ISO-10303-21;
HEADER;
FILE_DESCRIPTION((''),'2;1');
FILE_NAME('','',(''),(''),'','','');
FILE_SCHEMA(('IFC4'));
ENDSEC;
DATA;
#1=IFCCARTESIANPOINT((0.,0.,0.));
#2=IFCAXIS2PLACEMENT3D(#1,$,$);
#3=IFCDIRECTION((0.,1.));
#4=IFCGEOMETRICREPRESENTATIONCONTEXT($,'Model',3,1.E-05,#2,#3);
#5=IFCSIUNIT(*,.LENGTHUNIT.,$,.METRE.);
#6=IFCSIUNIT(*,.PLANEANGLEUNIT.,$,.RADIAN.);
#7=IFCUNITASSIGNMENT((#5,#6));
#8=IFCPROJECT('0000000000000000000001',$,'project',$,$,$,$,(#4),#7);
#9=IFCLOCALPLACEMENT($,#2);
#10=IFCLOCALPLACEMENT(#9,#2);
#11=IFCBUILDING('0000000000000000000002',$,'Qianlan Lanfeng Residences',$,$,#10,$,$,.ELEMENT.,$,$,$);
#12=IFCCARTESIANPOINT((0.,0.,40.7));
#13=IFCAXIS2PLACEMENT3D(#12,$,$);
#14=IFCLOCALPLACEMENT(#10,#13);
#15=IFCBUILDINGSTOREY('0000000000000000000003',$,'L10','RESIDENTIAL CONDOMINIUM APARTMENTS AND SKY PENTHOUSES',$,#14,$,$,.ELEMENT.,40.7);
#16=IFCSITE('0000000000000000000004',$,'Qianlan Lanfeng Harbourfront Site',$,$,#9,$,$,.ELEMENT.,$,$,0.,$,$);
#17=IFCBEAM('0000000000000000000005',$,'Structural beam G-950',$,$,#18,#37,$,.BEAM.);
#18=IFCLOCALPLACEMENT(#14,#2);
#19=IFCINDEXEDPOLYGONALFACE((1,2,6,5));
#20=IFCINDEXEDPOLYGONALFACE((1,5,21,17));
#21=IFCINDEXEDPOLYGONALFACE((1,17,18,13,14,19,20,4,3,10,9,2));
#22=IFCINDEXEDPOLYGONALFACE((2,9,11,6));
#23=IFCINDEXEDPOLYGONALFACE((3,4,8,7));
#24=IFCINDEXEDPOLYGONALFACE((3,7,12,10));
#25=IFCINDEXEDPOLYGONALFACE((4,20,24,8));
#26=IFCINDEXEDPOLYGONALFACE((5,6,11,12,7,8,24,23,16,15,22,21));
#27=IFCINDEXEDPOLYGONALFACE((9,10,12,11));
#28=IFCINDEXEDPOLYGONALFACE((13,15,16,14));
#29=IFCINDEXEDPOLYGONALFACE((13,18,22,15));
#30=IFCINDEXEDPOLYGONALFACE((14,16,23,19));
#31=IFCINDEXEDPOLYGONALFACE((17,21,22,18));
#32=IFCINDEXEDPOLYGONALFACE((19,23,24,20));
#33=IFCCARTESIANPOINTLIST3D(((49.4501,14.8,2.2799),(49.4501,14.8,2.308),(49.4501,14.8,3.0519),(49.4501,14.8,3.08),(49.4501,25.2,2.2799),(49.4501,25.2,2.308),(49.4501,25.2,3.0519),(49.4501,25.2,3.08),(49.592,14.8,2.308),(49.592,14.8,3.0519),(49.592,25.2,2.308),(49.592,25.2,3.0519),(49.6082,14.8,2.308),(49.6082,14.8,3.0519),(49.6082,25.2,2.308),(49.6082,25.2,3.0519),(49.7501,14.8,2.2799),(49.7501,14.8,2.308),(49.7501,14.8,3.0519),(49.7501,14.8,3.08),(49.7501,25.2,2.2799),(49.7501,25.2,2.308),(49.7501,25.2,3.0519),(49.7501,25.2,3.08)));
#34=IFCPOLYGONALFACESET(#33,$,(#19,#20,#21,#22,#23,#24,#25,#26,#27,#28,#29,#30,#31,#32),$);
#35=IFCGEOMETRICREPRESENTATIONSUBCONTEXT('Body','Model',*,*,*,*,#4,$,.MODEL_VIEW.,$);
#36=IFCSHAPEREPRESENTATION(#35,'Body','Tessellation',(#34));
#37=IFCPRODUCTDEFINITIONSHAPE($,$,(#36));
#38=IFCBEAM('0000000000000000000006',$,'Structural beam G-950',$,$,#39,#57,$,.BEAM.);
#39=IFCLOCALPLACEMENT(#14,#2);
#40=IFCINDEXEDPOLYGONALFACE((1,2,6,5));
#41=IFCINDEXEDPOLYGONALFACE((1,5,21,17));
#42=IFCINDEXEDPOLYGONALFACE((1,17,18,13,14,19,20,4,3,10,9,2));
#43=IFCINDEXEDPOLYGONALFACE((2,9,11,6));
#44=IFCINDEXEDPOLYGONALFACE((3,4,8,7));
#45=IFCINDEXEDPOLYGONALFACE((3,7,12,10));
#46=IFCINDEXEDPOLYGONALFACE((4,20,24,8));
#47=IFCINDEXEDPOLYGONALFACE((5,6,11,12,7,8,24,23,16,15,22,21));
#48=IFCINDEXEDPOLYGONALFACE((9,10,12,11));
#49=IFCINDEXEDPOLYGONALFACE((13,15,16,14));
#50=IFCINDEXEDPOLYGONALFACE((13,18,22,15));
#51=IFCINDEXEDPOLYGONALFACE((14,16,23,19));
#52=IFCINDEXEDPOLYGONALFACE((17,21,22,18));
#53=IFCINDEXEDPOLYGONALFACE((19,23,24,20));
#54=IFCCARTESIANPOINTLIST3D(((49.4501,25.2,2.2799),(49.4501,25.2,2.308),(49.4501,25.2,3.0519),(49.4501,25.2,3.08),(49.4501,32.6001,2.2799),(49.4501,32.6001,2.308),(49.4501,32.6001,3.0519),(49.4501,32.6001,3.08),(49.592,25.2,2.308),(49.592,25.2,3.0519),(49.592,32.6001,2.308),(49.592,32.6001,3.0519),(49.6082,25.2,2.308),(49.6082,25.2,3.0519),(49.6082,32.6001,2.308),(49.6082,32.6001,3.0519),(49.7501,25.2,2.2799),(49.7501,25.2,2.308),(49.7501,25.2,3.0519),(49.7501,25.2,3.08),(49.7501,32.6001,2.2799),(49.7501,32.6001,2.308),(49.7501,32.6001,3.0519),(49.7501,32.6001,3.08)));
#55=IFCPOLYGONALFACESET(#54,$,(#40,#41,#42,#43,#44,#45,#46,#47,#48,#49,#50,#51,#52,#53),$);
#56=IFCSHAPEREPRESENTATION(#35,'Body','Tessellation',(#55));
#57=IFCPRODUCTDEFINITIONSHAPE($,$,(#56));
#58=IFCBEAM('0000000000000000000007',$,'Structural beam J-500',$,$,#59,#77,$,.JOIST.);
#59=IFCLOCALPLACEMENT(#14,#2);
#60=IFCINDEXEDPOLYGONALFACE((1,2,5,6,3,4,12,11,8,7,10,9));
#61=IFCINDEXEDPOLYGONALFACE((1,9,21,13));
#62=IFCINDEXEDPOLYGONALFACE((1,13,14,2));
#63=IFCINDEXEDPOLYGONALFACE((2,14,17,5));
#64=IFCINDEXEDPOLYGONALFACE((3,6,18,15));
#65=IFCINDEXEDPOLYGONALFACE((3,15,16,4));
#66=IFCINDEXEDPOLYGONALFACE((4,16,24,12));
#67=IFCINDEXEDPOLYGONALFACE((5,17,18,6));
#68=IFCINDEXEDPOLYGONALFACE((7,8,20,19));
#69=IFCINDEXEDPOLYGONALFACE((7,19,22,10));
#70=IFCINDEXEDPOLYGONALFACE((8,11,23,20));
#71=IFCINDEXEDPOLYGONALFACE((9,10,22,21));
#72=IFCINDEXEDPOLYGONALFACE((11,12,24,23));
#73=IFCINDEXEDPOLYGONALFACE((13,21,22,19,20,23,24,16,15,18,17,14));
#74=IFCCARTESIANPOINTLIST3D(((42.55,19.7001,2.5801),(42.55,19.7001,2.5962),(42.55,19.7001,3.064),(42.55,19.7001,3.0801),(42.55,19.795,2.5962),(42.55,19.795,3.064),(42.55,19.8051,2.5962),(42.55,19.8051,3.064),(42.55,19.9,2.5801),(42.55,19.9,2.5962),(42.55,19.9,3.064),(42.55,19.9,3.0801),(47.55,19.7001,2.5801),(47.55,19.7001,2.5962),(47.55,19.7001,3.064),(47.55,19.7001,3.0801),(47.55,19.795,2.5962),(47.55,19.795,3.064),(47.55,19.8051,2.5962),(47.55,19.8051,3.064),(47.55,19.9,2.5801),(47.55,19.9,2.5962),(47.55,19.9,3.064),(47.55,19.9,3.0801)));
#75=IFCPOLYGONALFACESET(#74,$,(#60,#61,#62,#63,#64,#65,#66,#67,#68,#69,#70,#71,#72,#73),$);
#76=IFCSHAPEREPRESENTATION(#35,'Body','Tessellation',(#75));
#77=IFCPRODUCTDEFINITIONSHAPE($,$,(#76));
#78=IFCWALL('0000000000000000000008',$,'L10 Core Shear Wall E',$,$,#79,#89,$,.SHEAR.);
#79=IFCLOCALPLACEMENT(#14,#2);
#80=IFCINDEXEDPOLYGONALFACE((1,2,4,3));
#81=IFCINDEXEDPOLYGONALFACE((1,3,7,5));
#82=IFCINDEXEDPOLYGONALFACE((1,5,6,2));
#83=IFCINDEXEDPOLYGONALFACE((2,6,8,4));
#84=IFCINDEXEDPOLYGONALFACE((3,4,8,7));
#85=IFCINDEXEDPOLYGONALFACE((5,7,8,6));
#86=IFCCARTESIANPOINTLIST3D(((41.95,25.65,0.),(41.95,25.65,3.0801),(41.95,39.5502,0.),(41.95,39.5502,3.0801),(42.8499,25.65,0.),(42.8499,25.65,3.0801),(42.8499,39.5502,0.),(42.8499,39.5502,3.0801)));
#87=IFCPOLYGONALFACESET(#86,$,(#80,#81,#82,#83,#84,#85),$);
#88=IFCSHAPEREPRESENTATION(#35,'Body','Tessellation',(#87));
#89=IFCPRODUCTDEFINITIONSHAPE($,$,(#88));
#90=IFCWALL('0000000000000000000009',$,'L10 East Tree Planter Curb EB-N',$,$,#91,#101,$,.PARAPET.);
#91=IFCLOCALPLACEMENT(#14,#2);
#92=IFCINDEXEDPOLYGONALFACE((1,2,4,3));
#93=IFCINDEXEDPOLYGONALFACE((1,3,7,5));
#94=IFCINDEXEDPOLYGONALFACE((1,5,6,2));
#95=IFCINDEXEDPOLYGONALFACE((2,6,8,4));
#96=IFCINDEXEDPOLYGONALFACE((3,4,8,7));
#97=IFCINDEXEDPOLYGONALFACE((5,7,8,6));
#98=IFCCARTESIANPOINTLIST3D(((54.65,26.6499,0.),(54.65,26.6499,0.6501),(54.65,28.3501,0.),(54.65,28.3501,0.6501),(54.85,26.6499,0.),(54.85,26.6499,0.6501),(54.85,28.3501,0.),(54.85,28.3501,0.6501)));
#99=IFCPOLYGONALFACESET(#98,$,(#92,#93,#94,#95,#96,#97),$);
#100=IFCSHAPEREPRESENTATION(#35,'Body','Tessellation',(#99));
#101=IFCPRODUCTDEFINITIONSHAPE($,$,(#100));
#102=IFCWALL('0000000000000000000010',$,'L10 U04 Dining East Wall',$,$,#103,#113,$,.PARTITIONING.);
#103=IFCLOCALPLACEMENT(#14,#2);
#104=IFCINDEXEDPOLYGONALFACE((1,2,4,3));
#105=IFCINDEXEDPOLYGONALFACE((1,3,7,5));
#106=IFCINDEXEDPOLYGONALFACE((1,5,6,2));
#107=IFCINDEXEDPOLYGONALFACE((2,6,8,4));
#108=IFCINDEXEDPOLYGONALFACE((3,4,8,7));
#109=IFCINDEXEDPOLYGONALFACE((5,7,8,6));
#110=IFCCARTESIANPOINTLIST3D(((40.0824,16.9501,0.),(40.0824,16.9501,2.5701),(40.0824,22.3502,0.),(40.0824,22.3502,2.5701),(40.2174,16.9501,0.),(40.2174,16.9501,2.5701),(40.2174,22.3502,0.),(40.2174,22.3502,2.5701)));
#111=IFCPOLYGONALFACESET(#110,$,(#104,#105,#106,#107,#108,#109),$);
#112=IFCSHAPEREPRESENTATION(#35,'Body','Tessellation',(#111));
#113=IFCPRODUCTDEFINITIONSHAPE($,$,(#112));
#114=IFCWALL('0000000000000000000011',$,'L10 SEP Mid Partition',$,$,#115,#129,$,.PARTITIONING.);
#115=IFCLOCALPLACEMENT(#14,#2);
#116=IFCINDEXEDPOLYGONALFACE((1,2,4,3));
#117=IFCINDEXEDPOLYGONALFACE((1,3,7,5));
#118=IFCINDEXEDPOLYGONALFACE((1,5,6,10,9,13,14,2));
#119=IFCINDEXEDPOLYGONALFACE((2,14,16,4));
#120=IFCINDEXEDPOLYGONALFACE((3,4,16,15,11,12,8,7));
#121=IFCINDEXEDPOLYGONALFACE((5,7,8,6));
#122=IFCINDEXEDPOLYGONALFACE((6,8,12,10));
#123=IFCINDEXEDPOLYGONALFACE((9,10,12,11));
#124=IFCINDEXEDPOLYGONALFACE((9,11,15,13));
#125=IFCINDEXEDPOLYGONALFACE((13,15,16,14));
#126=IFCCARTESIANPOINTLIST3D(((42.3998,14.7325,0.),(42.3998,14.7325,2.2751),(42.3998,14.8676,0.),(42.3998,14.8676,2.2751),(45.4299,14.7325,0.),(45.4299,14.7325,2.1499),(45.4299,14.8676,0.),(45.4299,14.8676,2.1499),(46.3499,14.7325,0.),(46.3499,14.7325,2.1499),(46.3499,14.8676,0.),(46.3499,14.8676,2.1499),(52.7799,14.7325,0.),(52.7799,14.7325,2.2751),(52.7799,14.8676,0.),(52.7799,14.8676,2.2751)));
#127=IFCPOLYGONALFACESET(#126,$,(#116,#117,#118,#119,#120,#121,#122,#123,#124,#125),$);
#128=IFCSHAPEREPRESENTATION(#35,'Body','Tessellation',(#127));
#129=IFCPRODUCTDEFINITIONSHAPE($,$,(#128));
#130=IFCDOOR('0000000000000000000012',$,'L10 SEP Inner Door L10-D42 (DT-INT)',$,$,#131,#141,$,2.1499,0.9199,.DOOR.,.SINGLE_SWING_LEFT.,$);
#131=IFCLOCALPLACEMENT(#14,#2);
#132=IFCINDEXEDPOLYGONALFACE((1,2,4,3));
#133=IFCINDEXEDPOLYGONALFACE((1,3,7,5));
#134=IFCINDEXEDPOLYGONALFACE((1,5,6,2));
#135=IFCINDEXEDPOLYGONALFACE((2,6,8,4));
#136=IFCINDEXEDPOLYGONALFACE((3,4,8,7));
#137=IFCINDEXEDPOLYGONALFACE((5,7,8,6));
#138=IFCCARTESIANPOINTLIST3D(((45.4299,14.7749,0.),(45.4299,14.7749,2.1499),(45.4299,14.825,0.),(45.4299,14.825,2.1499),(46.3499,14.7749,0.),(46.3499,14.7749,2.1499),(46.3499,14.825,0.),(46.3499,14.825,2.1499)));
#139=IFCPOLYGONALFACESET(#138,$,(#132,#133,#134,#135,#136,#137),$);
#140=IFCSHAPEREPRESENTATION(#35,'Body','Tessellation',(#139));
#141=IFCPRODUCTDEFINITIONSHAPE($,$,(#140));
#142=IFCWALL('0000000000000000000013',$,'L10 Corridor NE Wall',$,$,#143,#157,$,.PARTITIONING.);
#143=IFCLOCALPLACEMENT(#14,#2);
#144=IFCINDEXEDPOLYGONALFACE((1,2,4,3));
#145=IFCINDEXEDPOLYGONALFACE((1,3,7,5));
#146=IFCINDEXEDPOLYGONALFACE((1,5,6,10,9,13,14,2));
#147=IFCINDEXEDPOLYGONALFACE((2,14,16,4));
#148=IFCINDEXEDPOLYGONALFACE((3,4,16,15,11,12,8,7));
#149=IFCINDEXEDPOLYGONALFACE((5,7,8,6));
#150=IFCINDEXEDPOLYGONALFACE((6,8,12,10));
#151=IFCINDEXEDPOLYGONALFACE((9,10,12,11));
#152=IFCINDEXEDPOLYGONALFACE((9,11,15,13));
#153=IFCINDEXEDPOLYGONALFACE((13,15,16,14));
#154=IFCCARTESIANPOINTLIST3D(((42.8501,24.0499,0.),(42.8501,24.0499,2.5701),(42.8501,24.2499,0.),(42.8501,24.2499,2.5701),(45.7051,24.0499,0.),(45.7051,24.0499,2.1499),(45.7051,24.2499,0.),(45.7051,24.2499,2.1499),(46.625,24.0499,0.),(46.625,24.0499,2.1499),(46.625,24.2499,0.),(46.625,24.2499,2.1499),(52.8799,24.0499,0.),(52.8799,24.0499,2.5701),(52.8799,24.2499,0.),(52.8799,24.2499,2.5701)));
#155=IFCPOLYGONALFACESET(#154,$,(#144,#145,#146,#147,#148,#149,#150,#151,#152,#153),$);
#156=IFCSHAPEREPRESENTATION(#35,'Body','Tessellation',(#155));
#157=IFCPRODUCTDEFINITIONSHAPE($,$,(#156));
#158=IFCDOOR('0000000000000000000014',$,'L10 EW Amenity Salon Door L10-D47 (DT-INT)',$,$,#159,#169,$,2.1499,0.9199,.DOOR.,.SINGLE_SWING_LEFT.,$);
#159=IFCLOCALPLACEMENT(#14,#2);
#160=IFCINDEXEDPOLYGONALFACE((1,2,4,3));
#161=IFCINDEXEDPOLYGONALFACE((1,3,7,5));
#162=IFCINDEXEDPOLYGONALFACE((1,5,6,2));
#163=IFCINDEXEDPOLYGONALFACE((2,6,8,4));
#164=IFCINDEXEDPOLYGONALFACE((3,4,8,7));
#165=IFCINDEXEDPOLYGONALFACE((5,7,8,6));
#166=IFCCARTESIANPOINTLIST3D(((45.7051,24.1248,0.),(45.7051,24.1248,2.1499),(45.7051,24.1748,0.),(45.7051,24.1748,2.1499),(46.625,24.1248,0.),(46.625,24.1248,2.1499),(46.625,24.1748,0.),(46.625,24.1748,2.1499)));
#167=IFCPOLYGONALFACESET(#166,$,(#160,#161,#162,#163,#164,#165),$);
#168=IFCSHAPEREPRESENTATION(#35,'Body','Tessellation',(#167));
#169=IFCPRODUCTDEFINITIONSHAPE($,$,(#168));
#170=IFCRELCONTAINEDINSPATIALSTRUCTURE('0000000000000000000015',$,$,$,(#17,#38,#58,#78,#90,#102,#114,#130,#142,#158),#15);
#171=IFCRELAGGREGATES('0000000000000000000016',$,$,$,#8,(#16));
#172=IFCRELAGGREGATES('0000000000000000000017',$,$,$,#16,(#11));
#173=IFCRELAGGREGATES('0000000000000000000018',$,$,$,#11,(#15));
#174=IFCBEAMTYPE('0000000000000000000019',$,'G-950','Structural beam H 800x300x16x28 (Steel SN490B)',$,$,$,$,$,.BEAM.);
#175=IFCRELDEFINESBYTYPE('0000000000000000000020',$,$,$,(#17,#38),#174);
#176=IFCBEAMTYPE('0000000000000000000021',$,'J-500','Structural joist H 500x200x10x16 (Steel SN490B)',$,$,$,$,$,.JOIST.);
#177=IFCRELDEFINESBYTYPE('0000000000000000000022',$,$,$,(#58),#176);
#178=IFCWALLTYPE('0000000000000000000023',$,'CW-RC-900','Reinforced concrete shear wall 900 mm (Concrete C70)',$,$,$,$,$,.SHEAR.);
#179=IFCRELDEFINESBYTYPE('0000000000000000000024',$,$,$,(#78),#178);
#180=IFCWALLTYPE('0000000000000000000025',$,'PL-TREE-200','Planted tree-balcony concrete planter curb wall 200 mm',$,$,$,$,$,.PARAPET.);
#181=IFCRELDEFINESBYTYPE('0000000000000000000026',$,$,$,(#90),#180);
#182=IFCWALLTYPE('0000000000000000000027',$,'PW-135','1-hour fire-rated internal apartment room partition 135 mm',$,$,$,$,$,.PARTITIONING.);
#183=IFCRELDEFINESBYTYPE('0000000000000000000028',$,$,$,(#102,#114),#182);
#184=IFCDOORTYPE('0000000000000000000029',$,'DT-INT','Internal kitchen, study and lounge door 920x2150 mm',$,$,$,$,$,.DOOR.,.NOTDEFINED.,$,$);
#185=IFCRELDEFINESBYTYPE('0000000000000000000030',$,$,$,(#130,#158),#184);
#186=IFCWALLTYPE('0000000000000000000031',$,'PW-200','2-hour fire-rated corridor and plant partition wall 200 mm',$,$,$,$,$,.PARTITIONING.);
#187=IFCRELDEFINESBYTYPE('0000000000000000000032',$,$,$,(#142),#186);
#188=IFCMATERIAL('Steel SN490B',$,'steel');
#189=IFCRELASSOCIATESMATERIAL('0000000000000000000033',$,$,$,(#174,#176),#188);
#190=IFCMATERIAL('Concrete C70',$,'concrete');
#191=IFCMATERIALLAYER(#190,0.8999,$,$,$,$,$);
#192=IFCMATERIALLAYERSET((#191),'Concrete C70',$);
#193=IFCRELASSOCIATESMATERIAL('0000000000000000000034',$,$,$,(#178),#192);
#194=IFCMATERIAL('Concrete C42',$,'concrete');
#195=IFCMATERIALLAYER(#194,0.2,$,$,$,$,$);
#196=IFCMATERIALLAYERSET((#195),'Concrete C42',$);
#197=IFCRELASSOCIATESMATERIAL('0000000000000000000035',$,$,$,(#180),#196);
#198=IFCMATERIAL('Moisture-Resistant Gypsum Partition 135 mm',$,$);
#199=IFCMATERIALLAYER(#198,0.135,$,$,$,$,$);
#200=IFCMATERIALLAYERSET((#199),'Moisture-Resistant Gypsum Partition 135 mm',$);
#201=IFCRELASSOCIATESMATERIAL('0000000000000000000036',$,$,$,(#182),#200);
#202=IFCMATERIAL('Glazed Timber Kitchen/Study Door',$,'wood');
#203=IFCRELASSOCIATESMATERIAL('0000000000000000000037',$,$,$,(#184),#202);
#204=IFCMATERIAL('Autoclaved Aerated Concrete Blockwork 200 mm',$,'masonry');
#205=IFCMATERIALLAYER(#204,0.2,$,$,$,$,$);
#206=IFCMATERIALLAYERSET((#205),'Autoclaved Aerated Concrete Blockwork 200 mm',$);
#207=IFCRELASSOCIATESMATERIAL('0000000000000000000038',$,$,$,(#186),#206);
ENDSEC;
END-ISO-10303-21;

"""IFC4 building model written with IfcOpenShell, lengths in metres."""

from ifc_helpers import new_model, si_unit, direction, frame, frame_2d, origin, origin_2d, place, context, subcontext, project, spatial, rectangle, i_section, extrude, material, layer, layer_set, material_profile, profile_set, type_object, element, fill, save


model = new_model("IFC4")

# Units and contexts
model_context = context("Model", 3, precision=1e-05, world=origin(), true_north=direction((0.0, 1.0)))
body_context = subcontext(model_context, "Body", "Model", "MODEL_VIEW")
ifc_project = project(units=[si_unit("LENGTHUNIT", "METRE"), si_unit("PLANEANGLEUNIT", "RADIAN")], contexts=[model_context])

# Site, building, storey
site_placement = place(None, origin())
site = spatial("IfcSite", under=ifc_project, at=site_placement, Name="Qianlan Lanfeng Harbourfront Site", CompositionType="ELEMENT", RefElevation=0.0)
building_placement = place(site_placement, origin())
building = spatial("IfcBuilding", under=site, at=building_placement, Name="Qianlan Lanfeng Residences", CompositionType="ELEMENT")
storey_placement = place(building_placement, frame((0.0, 0.0, 40.7)))
storey = spatial("IfcBuildingStorey", under=building, at=storey_placement, Name="L10", Description="RESIDENTIAL CONDOMINIUM APARTMENTS AND SKY PENTHOUSES", CompositionType="ELEMENT", Elevation=40.7)

# Beams
ifc_material_1 = material(Name="Steel SN490B", Category="steel")
ifc_material_profile_1 = material_profile(ifc_material_1, i_section(OverallWidth=0.3, OverallDepth=0.8, WebThickness=0.0161, FlangeThickness=0.0281, at=origin_2d()), Name="H 800x300x16x28")
ifc_profile_set_1 = profile_set([ifc_material_profile_1], Name="Steel SN490B")
beam_type_1 = type_object("IfcBeamType", Name="G-950", Description="Structural beam H 800x300x16x28 (Steel SN490B)", PredefinedType="BEAM", material=ifc_profile_set_1)
beam_1_placement = place(storey_placement, frame((49.6001, 14.8, 2.6799), z_axis=(0.0, 1.0, 0.0), x_axis=(-1.0, 0.0, 0.0)))
element("IfcBeam", 1, at=beam_1_placement, inside=storey, type_object=beam_type_1, Name="Structural beam G-950", PredefinedType="BEAM", context=body_context, shape_type="SweptSolid", body=[
    extrude(i_section(OverallWidth=0.3, OverallDepth=0.8, WebThickness=0.0161, FlangeThickness=0.0281, at=origin_2d()), origin(), (0.0, 0.0, 1.0), 10.3999),
])
beam_2_placement = place(storey_placement, frame((49.6001, 25.2, 2.6799), z_axis=(0.0, 1.0, 0.0), x_axis=(-1.0, 0.0, 0.0)))
element("IfcBeam", 2, at=beam_2_placement, inside=storey, type_object=beam_type_1, Name="Structural beam G-950", PredefinedType="BEAM", context=body_context, shape_type="SweptSolid", body=[
    extrude(i_section(OverallWidth=0.3, OverallDepth=0.8, WebThickness=0.0161, FlangeThickness=0.0281, at=origin_2d()), origin(), (0.0, 0.0, 1.0), 7.4001),
])
ifc_material_profile_2 = material_profile(ifc_material_1, i_section(OverallWidth=0.2, OverallDepth=0.5, WebThickness=0.01, FlangeThickness=0.0161, at=origin_2d()), Name="H 500x200x10x16")
ifc_profile_set_2 = profile_set([ifc_material_profile_2], Name="Steel SN490B")
beam_type_2 = type_object("IfcBeamType", Name="J-500", Description="Structural joist H 500x200x10x16 (Steel SN490B)", PredefinedType="JOIST", material=ifc_profile_set_2)
beam_3_placement = place(storey_placement, frame((42.55, 19.8, 2.8301), z_axis=(1.0, 0.0, 0.0), x_axis=(0.0, 1.0, 0.0)))
element("IfcBeam", 3, at=beam_3_placement, inside=storey, type_object=beam_type_2, Name="Structural beam J-500", PredefinedType="JOIST", context=body_context, shape_type="SweptSolid", body=[
    extrude(i_section(OverallWidth=0.2, OverallDepth=0.5, WebThickness=0.01, FlangeThickness=0.0161, at=origin_2d()), origin(), (0.0, 0.0, 1.0), 5.0),
])

# Walls
ifc_material_2 = material(Name="Concrete C70", Category="concrete")
ifc_layer_1 = layer(ifc_material_2, 0.8999)
ifc_layer_set_1 = layer_set([ifc_layer_1], Name="Concrete C70")
wall_type_1 = type_object("IfcWallType", Name="CW-RC-900", Description="Reinforced concrete shear wall 900 mm (Concrete C70)", PredefinedType="SHEAR", material=ifc_layer_set_1)
wall_1_placement = place(storey_placement, frame((42.3999, 25.6499, 0.0), z_axis=(0.0, 0.0, 1.0), x_axis=(0.0, 1.0, 0.0)))
element("IfcWall", 4, at=wall_1_placement, inside=storey, type_object=wall_type_1, Name="L10 Core Shear Wall E", PredefinedType="SHEAR", context=body_context, shape_type="SweptSolid", body=[
    extrude(rectangle(XDim=13.9001, YDim=0.8999, at=frame_2d((6.9502, 0.0))), origin(), (0.0, 0.0, 1.0), 3.0801),
])
ifc_material_3 = material(Name="Concrete C42", Category="concrete")
ifc_layer_2 = layer(ifc_material_3, 0.2)
ifc_layer_set_2 = layer_set([ifc_layer_2], Name="Concrete C42")
wall_type_2 = type_object("IfcWallType", Name="PL-TREE-200", Description="Planted tree-balcony concrete planter curb wall 200 mm", PredefinedType="PARAPET", material=ifc_layer_set_2)
wall_2_placement = place(storey_placement, frame((54.75, 26.6499, 0.0), z_axis=(0.0, 0.0, 1.0), x_axis=(0.0, 1.0, 0.0)))
element("IfcWall", 5, at=wall_2_placement, inside=storey, type_object=wall_type_2, Name="L10 East Tree Planter Curb EB-N", PredefinedType="PARAPET", context=body_context, shape_type="SweptSolid", body=[
    extrude(rectangle(XDim=1.7002, YDim=0.2, at=frame_2d((0.8501, 0.0))), origin(), (0.0, 0.0, 1.0), 0.6501),
])
ifc_material_4 = material(Name="Moisture-Resistant Gypsum Partition 135 mm")
ifc_layer_3 = layer(ifc_material_4, 0.135)
ifc_layer_set_3 = layer_set([ifc_layer_3], Name="Moisture-Resistant Gypsum Partition 135 mm")
wall_type_3 = type_object("IfcWallType", Name="PW-135", Description="1-hour fire-rated internal apartment room partition 135 mm", PredefinedType="PARTITIONING", material=ifc_layer_set_3)
wall_3_placement = place(storey_placement, frame((40.1499, 16.95, 0.0), z_axis=(0.0, 0.0, 1.0), x_axis=(0.0, 1.0, 0.0)))
element("IfcWall", 6, at=wall_3_placement, inside=storey, type_object=wall_type_3, Name="L10 U04 Dining East Wall", PredefinedType="PARTITIONING", context=body_context, shape_type="SweptSolid", body=[
    extrude(rectangle(XDim=5.4001, YDim=0.135, at=frame_2d((2.7002, 0.0))), origin(), (0.0, 0.0, 1.0), 2.5701),
])

# Walls, openings, doors
wall_4_placement = place(storey_placement, frame((42.3999, 14.8, 0.0), z_axis=(0.0, 0.0, 1.0), x_axis=(1.0, 0.0, 0.0)))
wall_4 = element("IfcWall", 7, at=wall_4_placement, inside=storey, type_object=wall_type_3, Name="L10 SEP Mid Partition", PredefinedType="PARTITIONING", context=body_context, shape_type="SweptSolid", body=[
    extrude(rectangle(XDim=10.3801, YDim=0.135, at=frame_2d((5.1899, 0.0))), origin(), (0.0, 0.0, 1.0), 2.2751),
])
opening_1_placement = place(wall_4_placement, frame((3.03, 0.0, 0.0)))
opening_1 = element("IfcOpeningElement", 8, at=opening_1_placement, cuts=wall_4, PredefinedType="OPENING", context=body_context, shape_type="SweptSolid", body=[
    extrude(rectangle(XDim=0.9199, YDim=2.1499, at=frame_2d((0.46, 1.075))), frame((0.0, 0.0776, 0.0), z_axis=(0.0, -1.0, 0.0), x_axis=(1.0, 0.0, 0.0)), (0.0, 0.0, 1.0), 0.155),
])
ifc_material_5 = material(Name="Glazed Timber Kitchen/Study Door", Category="wood")
door_type = type_object("IfcDoorType", Name="DT-INT", Description="Internal kitchen, study and lounge door 920x2150 mm", OperationType="NOTDEFINED", PredefinedType="DOOR", material=ifc_material_5)
door_1_placement = place(opening_1_placement, origin())
door_1 = element("IfcDoor", 9, at=door_1_placement, inside=storey, type_object=door_type, Name="L10 SEP Inner Door L10-D42 (DT-INT)", OperationType="SINGLE_SWING_LEFT", OverallHeight=2.1499, OverallWidth=0.9199, PredefinedType="DOOR", context=body_context, shape_type="SweptSolid", body=[
    extrude(rectangle(XDim=0.9199, YDim=2.1499, at=frame_2d((0.46, 1.075))), frame((0.0, 0.0249, 0.0), z_axis=(0.0, -1.0, 0.0), x_axis=(1.0, 0.0, 0.0)), (0.0, 0.0, 1.0), 0.05),
])
fill(opening_1, door_1)
ifc_material_6 = material(Name="Autoclaved Aerated Concrete Blockwork 200 mm", Category="masonry")
ifc_layer_4 = layer(ifc_material_6, 0.2)
ifc_layer_set_4 = layer_set([ifc_layer_4], Name="Autoclaved Aerated Concrete Blockwork 200 mm")
wall_type_4 = type_object("IfcWallType", Name="PW-200", Description="2-hour fire-rated corridor and plant partition wall 200 mm", PredefinedType="PARTITIONING", material=ifc_layer_set_4)
wall_5_placement = place(storey_placement, frame((42.8501, 24.1499, 0.0), z_axis=(0.0, 0.0, 1.0), x_axis=(1.0, 0.0, 0.0)))
wall_5 = element("IfcWall", 10, at=wall_5_placement, inside=storey, type_object=wall_type_4, Name="L10 Corridor NE Wall", PredefinedType="PARTITIONING", context=body_context, shape_type="SweptSolid", body=[
    extrude(rectangle(XDim=10.0298, YDim=0.2, at=frame_2d((5.0149, 0.0))), origin(), (0.0, 0.0, 1.0), 2.5701),
])
opening_2_placement = place(wall_5_placement, frame((2.855, 0.0, 0.0)))
opening_2 = element("IfcOpeningElement", 11, at=opening_2_placement, cuts=wall_5, PredefinedType="OPENING", context=body_context, shape_type="SweptSolid", body=[
    extrude(rectangle(XDim=0.9199, YDim=2.1499, at=frame_2d((0.46, 1.075))), frame((0.0, 0.1099, 0.0), z_axis=(0.0, -1.0, 0.0), x_axis=(1.0, 0.0, 0.0)), (0.0, 0.0, 1.0), 0.22),
])
door_2_placement = place(opening_2_placement, origin())
door_2 = element("IfcDoor", 12, at=door_2_placement, inside=storey, type_object=door_type, Name="L10 EW Amenity Salon Door L10-D47 (DT-INT)", OperationType="SINGLE_SWING_LEFT", OverallHeight=2.1499, OverallWidth=0.9199, PredefinedType="DOOR", context=body_context, shape_type="SweptSolid", body=[
    extrude(rectangle(XDim=0.9199, YDim=2.1499, at=frame_2d((0.46, 1.075))), frame((0.0, 0.0249, 0.0), z_axis=(0.0, -1.0, 0.0), x_axis=(1.0, 0.0, 0.0)), (0.0, 0.0, 1.0), 0.05),
])
fill(opening_2, door_2)

save(model, "model.ifc")
